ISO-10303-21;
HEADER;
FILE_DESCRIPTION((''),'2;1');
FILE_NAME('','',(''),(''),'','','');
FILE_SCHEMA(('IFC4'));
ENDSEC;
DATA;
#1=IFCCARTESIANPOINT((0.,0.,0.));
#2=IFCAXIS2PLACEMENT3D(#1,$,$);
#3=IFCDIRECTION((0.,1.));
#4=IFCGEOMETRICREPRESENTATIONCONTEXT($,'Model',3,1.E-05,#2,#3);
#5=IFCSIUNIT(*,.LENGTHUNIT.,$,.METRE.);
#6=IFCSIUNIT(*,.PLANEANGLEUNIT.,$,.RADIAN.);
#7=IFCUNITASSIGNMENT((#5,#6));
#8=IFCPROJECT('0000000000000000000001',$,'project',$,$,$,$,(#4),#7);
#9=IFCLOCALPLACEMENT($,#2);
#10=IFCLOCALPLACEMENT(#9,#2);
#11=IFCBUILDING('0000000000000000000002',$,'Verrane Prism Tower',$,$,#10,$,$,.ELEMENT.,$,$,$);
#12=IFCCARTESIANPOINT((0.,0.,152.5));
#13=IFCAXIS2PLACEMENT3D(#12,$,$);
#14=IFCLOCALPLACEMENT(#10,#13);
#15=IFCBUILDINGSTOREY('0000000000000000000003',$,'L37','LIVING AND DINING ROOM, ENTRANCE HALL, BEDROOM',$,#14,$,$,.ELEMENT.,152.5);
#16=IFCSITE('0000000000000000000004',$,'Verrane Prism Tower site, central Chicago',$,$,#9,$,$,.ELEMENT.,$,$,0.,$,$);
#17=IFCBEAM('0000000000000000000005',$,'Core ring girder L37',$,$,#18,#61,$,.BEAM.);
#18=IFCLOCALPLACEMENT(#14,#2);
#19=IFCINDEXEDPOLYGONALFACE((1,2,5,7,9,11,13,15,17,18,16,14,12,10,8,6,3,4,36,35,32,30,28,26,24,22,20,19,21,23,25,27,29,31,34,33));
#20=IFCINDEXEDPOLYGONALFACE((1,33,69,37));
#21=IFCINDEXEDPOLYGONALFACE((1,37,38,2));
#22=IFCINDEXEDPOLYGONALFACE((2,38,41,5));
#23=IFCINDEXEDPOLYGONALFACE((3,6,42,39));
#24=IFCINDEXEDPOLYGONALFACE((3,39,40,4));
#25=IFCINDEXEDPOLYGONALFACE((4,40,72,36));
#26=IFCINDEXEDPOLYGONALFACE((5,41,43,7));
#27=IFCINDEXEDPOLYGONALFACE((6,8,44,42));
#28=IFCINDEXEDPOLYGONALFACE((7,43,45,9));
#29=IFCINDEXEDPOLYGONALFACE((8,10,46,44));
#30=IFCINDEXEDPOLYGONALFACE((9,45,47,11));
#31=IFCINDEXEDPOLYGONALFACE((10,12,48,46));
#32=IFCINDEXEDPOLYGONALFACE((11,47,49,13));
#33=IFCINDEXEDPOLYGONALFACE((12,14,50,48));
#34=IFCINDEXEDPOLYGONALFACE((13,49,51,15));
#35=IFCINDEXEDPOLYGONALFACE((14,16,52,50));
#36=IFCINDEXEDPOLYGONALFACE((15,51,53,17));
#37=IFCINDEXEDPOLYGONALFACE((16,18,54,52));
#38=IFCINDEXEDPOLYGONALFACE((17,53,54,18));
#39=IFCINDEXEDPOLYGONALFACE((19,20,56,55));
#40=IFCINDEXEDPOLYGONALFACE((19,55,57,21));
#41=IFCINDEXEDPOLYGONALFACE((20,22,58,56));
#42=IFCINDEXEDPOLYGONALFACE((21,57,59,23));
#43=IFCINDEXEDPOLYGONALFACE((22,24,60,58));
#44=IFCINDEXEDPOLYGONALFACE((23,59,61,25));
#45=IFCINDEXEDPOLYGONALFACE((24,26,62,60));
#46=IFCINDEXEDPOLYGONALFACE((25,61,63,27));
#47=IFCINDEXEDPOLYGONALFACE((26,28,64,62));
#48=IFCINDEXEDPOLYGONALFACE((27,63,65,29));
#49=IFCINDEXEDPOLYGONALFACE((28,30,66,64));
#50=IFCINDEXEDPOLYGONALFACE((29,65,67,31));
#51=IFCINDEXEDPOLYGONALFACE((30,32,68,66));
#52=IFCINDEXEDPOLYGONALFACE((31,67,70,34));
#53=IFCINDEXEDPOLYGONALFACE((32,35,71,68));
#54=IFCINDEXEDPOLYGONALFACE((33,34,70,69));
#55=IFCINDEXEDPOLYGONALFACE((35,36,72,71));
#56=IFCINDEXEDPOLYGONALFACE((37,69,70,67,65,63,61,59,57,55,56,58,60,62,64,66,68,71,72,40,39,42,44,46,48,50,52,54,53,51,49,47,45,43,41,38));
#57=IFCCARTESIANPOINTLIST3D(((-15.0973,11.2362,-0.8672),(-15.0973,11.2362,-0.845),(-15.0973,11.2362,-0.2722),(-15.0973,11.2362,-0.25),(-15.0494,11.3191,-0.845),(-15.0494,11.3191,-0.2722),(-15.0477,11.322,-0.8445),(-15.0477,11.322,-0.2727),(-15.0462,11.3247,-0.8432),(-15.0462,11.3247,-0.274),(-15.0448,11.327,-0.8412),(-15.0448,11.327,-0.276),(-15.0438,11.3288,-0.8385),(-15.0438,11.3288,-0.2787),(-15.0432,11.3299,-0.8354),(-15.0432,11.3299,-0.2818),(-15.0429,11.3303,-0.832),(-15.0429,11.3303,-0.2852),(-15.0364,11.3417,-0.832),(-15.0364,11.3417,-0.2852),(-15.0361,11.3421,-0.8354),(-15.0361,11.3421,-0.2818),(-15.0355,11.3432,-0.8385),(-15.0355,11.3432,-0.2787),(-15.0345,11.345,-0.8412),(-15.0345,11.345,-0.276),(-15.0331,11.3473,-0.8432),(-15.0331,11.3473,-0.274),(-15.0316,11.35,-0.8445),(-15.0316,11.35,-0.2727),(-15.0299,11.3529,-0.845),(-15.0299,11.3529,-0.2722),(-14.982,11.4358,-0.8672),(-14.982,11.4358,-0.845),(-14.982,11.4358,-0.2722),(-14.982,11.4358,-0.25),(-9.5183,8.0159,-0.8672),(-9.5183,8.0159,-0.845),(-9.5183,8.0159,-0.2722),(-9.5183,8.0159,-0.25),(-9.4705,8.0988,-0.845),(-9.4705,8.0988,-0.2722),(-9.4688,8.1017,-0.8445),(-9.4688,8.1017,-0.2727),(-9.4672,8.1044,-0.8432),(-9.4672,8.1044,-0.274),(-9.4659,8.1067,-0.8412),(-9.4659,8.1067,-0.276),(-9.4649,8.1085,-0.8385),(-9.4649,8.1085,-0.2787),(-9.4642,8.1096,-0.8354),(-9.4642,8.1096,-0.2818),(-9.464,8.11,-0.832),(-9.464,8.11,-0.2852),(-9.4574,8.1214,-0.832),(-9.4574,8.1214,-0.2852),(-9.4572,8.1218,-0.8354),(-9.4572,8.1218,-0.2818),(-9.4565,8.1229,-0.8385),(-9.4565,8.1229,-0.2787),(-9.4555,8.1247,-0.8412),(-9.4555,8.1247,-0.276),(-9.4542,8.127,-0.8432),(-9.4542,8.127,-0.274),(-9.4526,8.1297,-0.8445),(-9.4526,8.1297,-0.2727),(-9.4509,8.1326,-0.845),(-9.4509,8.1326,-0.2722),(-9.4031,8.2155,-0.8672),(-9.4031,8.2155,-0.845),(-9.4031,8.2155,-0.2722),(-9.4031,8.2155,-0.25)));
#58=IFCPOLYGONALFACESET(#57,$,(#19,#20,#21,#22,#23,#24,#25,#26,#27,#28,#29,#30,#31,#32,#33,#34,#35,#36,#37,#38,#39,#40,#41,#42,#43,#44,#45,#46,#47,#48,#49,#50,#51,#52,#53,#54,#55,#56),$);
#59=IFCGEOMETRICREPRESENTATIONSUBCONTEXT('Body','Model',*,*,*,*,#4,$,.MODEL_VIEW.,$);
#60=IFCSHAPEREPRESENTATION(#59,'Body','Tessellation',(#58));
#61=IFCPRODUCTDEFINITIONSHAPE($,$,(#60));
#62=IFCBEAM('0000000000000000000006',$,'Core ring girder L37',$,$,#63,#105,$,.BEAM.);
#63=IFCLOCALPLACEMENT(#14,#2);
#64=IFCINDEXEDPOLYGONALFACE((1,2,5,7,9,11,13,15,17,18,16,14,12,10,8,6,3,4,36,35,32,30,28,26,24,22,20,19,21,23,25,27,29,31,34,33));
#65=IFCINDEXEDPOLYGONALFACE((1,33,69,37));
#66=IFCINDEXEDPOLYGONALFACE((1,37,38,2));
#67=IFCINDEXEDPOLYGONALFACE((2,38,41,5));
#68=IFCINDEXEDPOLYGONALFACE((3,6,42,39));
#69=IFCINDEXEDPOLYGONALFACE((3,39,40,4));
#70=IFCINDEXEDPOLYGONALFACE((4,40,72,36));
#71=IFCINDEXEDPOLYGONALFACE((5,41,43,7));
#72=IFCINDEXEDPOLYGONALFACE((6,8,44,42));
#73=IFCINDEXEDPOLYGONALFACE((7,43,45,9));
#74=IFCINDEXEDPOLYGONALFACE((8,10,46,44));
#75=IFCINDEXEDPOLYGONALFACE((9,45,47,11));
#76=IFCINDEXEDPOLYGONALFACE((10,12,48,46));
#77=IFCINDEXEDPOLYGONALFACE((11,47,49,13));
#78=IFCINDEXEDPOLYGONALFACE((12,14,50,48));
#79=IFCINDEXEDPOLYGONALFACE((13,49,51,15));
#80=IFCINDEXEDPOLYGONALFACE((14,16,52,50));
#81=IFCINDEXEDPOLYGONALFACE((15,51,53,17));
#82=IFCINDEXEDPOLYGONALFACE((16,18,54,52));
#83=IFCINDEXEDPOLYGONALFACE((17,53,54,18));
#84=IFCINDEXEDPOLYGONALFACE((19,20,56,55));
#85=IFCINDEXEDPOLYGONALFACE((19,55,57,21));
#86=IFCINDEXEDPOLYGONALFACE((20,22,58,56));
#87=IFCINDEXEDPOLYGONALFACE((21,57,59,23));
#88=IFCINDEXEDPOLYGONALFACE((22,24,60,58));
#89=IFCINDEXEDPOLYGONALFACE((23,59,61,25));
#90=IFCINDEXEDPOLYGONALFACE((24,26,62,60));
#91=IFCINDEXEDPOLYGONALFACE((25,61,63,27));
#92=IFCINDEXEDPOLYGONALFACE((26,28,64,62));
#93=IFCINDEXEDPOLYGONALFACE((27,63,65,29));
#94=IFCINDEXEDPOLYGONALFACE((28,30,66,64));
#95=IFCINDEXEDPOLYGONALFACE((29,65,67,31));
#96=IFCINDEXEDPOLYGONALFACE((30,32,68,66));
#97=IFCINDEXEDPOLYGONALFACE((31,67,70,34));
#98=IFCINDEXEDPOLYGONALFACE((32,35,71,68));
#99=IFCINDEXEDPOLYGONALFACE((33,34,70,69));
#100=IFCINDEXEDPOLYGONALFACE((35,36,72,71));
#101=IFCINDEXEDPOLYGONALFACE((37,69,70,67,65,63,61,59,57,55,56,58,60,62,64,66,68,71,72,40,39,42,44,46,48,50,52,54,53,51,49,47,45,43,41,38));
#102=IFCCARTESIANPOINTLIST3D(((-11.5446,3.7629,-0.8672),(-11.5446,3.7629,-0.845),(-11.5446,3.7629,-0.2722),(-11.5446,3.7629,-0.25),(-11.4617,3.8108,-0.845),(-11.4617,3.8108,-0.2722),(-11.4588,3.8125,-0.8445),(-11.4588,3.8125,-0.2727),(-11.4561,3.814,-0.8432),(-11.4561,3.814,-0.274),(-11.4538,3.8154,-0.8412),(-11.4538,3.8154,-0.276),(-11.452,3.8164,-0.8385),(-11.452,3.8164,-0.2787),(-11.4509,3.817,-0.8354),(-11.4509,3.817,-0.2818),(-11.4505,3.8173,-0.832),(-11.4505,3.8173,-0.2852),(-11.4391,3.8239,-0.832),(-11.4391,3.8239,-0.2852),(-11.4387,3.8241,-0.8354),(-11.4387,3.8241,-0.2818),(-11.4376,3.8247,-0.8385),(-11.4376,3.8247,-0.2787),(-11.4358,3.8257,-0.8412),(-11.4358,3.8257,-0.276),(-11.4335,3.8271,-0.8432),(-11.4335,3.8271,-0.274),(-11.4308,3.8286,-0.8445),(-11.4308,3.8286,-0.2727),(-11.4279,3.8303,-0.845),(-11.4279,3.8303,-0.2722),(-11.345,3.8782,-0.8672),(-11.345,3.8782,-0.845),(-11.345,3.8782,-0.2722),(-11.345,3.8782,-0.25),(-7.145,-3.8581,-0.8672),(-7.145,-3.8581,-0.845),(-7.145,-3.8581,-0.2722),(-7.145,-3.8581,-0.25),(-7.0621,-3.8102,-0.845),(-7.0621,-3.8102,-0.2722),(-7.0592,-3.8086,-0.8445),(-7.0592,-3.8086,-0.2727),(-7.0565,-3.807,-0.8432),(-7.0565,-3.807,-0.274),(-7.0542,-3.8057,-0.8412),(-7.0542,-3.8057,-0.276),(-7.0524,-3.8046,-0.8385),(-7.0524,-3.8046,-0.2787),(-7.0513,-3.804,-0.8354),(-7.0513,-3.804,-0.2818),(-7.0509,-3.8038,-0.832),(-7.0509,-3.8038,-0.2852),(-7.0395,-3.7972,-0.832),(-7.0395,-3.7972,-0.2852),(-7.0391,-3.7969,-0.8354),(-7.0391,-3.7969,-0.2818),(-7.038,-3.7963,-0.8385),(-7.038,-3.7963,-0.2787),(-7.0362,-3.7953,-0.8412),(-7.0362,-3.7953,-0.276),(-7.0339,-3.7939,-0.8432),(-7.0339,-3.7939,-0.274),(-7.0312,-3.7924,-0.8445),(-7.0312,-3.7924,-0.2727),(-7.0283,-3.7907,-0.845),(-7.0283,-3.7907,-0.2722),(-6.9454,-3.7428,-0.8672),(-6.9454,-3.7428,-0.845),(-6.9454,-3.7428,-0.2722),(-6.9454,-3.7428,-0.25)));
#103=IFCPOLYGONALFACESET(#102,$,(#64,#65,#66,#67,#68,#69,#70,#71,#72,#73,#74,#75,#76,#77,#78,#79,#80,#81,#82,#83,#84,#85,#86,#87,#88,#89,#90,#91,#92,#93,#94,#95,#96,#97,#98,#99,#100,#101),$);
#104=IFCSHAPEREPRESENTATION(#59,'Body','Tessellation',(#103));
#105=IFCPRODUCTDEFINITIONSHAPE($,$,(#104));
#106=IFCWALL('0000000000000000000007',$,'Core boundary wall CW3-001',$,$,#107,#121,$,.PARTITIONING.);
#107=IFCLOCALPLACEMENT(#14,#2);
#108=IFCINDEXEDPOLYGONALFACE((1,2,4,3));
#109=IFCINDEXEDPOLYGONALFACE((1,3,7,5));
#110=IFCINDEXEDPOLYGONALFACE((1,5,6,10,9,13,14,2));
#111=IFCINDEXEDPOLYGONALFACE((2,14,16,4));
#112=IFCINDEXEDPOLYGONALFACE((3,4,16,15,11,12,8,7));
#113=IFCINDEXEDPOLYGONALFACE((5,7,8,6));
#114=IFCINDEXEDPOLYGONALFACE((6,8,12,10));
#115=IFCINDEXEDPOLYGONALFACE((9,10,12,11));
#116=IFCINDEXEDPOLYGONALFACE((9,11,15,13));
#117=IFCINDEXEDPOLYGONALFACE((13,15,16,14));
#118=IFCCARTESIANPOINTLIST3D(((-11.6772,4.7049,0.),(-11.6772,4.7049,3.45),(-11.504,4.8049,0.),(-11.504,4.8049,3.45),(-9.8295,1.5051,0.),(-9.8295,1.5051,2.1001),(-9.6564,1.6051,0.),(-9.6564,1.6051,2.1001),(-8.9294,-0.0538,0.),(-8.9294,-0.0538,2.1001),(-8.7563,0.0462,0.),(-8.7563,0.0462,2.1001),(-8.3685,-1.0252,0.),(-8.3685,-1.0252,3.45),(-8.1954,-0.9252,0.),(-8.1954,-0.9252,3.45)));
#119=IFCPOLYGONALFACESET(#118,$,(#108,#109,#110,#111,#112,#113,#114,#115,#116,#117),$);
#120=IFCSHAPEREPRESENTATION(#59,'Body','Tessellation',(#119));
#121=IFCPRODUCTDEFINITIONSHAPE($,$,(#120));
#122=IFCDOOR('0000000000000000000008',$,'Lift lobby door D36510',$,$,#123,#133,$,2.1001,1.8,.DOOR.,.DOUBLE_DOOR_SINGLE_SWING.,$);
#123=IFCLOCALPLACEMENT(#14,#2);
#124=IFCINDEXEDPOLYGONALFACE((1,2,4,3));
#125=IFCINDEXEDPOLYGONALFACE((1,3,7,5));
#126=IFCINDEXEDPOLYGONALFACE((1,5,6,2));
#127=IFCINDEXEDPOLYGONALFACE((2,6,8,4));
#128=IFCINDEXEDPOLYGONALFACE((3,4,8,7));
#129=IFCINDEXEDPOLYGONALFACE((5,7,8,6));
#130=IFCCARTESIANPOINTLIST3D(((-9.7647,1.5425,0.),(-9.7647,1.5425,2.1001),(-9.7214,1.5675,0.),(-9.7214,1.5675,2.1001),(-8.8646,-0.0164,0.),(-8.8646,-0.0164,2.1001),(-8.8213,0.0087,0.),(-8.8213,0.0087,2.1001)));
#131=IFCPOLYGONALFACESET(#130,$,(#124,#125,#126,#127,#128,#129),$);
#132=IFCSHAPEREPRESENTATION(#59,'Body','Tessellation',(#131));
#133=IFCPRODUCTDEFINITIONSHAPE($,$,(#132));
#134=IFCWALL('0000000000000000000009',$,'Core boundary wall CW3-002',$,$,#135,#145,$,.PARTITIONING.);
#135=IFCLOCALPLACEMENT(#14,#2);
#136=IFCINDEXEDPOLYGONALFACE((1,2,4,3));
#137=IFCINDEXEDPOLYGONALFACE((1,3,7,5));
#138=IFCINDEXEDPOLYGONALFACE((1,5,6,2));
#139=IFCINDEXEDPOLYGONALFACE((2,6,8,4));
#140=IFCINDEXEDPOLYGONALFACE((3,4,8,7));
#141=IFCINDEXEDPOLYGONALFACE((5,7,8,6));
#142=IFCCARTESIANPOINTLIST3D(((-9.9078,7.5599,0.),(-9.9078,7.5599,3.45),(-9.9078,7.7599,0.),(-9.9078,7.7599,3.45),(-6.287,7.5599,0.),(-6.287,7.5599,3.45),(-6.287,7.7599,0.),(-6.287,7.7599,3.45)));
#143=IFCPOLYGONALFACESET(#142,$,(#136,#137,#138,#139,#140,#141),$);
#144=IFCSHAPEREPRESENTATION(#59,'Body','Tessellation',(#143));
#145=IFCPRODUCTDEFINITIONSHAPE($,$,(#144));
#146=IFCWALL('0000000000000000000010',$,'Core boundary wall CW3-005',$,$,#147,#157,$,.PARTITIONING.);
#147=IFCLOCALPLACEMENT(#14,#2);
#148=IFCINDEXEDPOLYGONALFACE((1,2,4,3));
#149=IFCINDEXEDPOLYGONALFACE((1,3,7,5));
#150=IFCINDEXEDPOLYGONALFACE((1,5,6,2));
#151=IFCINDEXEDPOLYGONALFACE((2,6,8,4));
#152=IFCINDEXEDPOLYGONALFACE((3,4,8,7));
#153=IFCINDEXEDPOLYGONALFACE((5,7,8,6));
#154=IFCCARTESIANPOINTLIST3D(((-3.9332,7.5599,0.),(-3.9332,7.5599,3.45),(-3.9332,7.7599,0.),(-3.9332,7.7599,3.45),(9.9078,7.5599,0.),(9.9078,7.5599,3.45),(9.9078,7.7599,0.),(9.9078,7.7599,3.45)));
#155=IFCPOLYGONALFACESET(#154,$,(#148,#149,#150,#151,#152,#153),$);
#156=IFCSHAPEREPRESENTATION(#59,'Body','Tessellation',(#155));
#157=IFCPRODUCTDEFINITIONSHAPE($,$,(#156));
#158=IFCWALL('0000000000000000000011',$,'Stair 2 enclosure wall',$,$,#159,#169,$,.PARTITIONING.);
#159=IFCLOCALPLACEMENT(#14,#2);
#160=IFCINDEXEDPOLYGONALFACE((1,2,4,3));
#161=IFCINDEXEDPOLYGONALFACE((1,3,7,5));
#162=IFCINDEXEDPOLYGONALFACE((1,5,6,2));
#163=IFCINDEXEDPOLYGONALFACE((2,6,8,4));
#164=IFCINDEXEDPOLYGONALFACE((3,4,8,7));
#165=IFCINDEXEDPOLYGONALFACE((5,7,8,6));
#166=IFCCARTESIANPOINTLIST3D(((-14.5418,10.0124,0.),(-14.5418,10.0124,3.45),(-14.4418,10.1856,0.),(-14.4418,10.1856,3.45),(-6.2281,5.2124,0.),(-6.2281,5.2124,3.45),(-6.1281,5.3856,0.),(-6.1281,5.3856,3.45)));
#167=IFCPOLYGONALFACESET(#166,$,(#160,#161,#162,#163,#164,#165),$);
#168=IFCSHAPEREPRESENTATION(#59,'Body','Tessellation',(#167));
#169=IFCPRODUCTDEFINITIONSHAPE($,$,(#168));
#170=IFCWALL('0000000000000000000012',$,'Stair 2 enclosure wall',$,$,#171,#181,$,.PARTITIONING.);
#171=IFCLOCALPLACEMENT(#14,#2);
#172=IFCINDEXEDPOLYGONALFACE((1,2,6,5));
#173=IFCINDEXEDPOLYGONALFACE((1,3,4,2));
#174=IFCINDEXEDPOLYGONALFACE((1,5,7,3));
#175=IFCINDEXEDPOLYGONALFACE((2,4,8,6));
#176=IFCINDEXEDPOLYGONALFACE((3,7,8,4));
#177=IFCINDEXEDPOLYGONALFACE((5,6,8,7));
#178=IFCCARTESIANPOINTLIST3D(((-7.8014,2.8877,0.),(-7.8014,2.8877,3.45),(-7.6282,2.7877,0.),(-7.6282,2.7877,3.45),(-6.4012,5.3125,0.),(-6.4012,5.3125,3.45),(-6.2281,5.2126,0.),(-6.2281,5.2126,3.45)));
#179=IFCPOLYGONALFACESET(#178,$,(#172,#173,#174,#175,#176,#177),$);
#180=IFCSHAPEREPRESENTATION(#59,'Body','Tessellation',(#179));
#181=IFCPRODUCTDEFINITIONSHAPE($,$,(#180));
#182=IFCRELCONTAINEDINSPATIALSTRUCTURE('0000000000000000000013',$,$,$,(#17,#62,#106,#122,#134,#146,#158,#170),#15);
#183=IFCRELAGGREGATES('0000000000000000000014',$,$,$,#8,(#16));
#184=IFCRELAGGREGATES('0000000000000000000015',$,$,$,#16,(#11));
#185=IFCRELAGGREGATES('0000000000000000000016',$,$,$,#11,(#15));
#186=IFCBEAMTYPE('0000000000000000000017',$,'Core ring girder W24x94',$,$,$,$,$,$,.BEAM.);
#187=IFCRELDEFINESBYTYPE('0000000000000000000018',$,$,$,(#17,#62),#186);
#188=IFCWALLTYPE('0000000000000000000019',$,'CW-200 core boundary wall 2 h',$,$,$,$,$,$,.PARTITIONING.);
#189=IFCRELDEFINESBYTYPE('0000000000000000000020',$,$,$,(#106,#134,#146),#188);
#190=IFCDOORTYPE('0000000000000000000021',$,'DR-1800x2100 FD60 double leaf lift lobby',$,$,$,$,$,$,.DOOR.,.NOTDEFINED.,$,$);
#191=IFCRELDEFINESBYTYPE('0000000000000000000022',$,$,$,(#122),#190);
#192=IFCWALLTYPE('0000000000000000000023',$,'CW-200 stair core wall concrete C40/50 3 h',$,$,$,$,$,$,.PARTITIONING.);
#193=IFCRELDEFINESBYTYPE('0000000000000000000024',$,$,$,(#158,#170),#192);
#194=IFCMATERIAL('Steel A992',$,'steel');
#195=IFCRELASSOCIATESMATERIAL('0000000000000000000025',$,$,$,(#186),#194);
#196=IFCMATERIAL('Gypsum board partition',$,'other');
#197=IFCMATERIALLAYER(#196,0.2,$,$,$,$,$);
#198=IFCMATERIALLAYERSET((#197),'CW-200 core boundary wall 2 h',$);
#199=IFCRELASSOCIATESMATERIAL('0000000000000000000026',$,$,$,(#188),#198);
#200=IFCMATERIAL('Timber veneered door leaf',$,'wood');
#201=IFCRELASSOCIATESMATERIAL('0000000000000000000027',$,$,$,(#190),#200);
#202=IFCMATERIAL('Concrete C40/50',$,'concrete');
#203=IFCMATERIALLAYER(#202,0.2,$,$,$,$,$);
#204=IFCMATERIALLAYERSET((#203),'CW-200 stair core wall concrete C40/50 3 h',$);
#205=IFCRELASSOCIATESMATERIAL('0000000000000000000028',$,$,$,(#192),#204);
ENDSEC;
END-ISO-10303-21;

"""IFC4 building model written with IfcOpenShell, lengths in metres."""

from ifc_helpers import new_model, si_unit, direction, frame, frame_2d, origin, origin_2d, place, context, subcontext, project, spatial, rectangle, i_section, extrude, material, layer, layer_set, material_profile, profile_set, type_object, element, fill, save


model = new_model("IFC4")

# Units and contexts
model_context = context("Model", 3, precision=1e-05, world=origin(), true_north=direction((0.0, 1.0)))
body_context = subcontext(model_context, "Body", "Model", "MODEL_VIEW")
ifc_project = project(units=[si_unit("LENGTHUNIT", "METRE"), si_unit("PLANEANGLEUNIT", "RADIAN")], contexts=[model_context])

# Site, building, storey
site_placement = place(None, origin())
site = spatial("IfcSite", under=ifc_project, at=site_placement, Name="Verrane Prism Tower site, central Chicago", CompositionType="ELEMENT", RefElevation=0.0)
building_placement = place(site_placement, origin())
building = spatial("IfcBuilding", under=site, at=building_placement, Name="Verrane Prism Tower", CompositionType="ELEMENT")
storey_placement = place(building_placement, frame((0.0, 0.0, 152.5)))
storey = spatial("IfcBuildingStorey", under=building, at=storey_placement, Name="L37", Description="LIVING AND DINING ROOM, ENTRANCE HALL, BEDROOM", CompositionType="ELEMENT", Elevation=152.5)

# Beams
ifc_material_1 = material(Name="Steel A992", Category="steel")
ifc_material_profile_1 = material_profile(ifc_material_1, i_section(OverallWidth=0.2305, OverallDepth=0.6172, WebThickness=0.0132, FlangeThickness=0.0222, FilletRadius=0.0129, at=origin_2d()), Name="W24x94")
ifc_profile_set_1 = profile_set([ifc_material_profile_1], Name="Steel A992")
beam_type = type_object("IfcBeamType", Name="Core ring girder W24x94", PredefinedType="BEAM", material=ifc_profile_set_1)
beam_1_placement = place(storey_placement, frame((-9.4607, 8.1157, -0.5586), z_axis=(-0.866075, 0.499914, 0.0), x_axis=(-0.499914, -0.866075, 0.0)))
element("IfcBeam", 1, at=beam_1_placement, inside=storey, type_object=beam_type, Name="Core ring girder L37", PredefinedType="BEAM", context=body_context, shape_type="SweptSolid", body=[
    extrude(i_section(OverallWidth=0.2305, OverallDepth=0.6172, WebThickness=0.0132, FlangeThickness=0.0222, FilletRadius=0.0129, at=origin_2d()), origin(), (0.0, 0.0, 1.0), 6.4417),
])
beam_2_placement = place(storey_placement, frame((-11.4448, 3.8206, -0.5586), z_axis=(0.499967, -0.866044, 0.0), x_axis=(0.866044, 0.499967, 0.0)))
element("IfcBeam", 2, at=beam_2_placement, inside=storey, type_object=beam_type, Name="Core ring girder L37", PredefinedType="BEAM", context=body_context, shape_type="SweptSolid", body=[
    extrude(i_section(OverallWidth=0.2305, OverallDepth=0.6172, WebThickness=0.0132, FlangeThickness=0.0222, FilletRadius=0.0129, at=origin_2d()), origin(), (0.0, 0.0, 1.0), 8.7998),
])

# Wall, opening, door
ifc_material_2 = material(Name="Gypsum board partition", Category="other")
ifc_layer_1 = layer(ifc_material_2, 0.2)
ifc_layer_set_1 = layer_set([ifc_layer_1], Name="CW-200 core boundary wall 2 h")
wall_type_1 = type_object("IfcWallType", Name="CW-200 core boundary wall 2 h", PredefinedType="PARTITIONING", material=ifc_layer_set_1)
wall_1_placement = place(storey_placement, frame((-11.5906, 4.7549, 0.0), z_axis=(0.0, 0.0, 1.0), x_axis=(0.500044, -0.866, 0.0)))
wall_1 = element("IfcWall", 3, at=wall_1_placement, inside=storey, type_object=wall_type_1, Name="Core boundary wall CW3-001", PredefinedType="PARTITIONING", context=body_context, shape_type="SweptSolid", body=[
    extrude(rectangle(XDim=6.6167, YDim=0.2, at=frame_2d((3.3083, 0.0))), origin(), (0.0, 0.0, 1.0), 3.45),
])
opening_1_placement = place(wall_1_placement, frame((3.6951, 0.0, 0.0)))
opening_1 = element("IfcOpeningElement", 4, at=opening_1_placement, cuts=wall_1, PredefinedType="OPENING", context=body_context, shape_type="SweptSolid", body=[
    extrude(rectangle(XDim=1.8, YDim=2.1001, at=frame_2d((0.8999, 1.05))), frame((0.0, 0.1099, 0.0), z_axis=(0.0, -1.0, 0.0), x_axis=(1.0, 0.0, 0.0)), (0.0, 0.0, 1.0), 0.22),
])
ifc_material_3 = material(Name="Timber veneered door leaf", Category="wood")
door_type_1 = type_object("IfcDoorType", Name="DR-1800x2100 FD60 double leaf lift lobby", OperationType="NOTDEFINED", PredefinedType="DOOR", material=ifc_material_3)
door_1_placement = place(opening_1_placement, origin())
door_1 = element("IfcDoor", 5, at=door_1_placement, inside=storey, type_object=door_type_1, Name="Lift lobby door D36510", OperationType="DOUBLE_DOOR_SINGLE_SWING", OverallHeight=2.1001, OverallWidth=1.8, PredefinedType="DOOR", context=body_context, shape_type="SweptSolid", body=[
    extrude(rectangle(XDim=1.8, YDim=2.1001, at=frame_2d((0.8999, 1.05))), frame((0.0, 0.0249, 0.0), z_axis=(0.0, -1.0, 0.0), x_axis=(1.0, 0.0, 0.0)), (0.0, 0.0, 1.0), 0.05),
])
fill(opening_1, door_1)

# Walls
wall_2_placement = place(storey_placement, frame((-9.908, 7.6599, 0.0), z_axis=(0.0, 0.0, 1.0), x_axis=(1.0, 0.0, 0.0)))
element("IfcWall", 6, at=wall_2_placement, inside=storey, type_object=wall_type_1, Name="Core boundary wall CW3-002", PredefinedType="PARTITIONING", context=body_context, shape_type="SweptSolid", body=[
    extrude(rectangle(XDim=3.6208, YDim=0.2, at=frame_2d((1.8105, 0.0))), origin(), (0.0, 0.0, 1.0), 3.45),
])
wall_3_placement = place(storey_placement, frame((-3.9331, 7.6599, 0.0), z_axis=(0.0, 0.0, 1.0), x_axis=(1.0, 0.0, 0.0)))
element("IfcWall", 7, at=wall_3_placement, inside=storey, type_object=wall_type_1, Name="Core boundary wall CW3-005", PredefinedType="PARTITIONING", context=body_context, shape_type="SweptSolid", body=[
    extrude(rectangle(XDim=13.8411, YDim=0.2, at=frame_2d((6.9204, 0.0))), origin(), (0.0, 0.0, 1.0), 3.45),
])
ifc_material_4 = material(Name="Concrete C40/50", Category="concrete")
ifc_layer_2 = layer(ifc_material_4, 0.2)
ifc_layer_set_2 = layer_set([ifc_layer_2], Name="CW-200 stair core wall concrete C40/50 3 h")
wall_type_2 = type_object("IfcWallType", Name="CW-200 stair core wall concrete C40/50 3 h", PredefinedType="PARTITIONING", material=ifc_layer_set_2)
wall_4_placement = place(storey_placement, frame((-6.1782, 5.2991, 0.0), z_axis=(0.0, 0.0, 1.0), x_axis=(-0.86602, 0.500009, 0.0)))
element("IfcWall", 8, at=wall_4_placement, inside=storey, type_object=wall_type_2, Name="Stair 2 enclosure wall", PredefinedType="PARTITIONING", context=body_context, shape_type="SweptSolid", body=[
    extrude(rectangle(XDim=9.5999, YDim=0.2, at=frame_2d((4.7998, 0.0))), origin(), (0.0, 0.0, 1.0), 3.45),
])
wall_5_placement = place(storey_placement, frame((-6.3147, 5.2625, 0.0), z_axis=(0.0, 0.0, 1.0), x_axis=(-0.50005, -0.865997, 0.0)))
element("IfcWall", 9, at=wall_5_placement, inside=storey, type_object=wall_type_2, Name="Stair 2 enclosure wall", PredefinedType="PARTITIONING", context=body_context, shape_type="SweptSolid", body=[
    extrude(rectangle(XDim=2.8, YDim=0.2, at=frame_2d((1.3999, 0.0))), origin(), (0.0, 0.0, 1.0), 3.45),
])

save(model, "model.ifc")
